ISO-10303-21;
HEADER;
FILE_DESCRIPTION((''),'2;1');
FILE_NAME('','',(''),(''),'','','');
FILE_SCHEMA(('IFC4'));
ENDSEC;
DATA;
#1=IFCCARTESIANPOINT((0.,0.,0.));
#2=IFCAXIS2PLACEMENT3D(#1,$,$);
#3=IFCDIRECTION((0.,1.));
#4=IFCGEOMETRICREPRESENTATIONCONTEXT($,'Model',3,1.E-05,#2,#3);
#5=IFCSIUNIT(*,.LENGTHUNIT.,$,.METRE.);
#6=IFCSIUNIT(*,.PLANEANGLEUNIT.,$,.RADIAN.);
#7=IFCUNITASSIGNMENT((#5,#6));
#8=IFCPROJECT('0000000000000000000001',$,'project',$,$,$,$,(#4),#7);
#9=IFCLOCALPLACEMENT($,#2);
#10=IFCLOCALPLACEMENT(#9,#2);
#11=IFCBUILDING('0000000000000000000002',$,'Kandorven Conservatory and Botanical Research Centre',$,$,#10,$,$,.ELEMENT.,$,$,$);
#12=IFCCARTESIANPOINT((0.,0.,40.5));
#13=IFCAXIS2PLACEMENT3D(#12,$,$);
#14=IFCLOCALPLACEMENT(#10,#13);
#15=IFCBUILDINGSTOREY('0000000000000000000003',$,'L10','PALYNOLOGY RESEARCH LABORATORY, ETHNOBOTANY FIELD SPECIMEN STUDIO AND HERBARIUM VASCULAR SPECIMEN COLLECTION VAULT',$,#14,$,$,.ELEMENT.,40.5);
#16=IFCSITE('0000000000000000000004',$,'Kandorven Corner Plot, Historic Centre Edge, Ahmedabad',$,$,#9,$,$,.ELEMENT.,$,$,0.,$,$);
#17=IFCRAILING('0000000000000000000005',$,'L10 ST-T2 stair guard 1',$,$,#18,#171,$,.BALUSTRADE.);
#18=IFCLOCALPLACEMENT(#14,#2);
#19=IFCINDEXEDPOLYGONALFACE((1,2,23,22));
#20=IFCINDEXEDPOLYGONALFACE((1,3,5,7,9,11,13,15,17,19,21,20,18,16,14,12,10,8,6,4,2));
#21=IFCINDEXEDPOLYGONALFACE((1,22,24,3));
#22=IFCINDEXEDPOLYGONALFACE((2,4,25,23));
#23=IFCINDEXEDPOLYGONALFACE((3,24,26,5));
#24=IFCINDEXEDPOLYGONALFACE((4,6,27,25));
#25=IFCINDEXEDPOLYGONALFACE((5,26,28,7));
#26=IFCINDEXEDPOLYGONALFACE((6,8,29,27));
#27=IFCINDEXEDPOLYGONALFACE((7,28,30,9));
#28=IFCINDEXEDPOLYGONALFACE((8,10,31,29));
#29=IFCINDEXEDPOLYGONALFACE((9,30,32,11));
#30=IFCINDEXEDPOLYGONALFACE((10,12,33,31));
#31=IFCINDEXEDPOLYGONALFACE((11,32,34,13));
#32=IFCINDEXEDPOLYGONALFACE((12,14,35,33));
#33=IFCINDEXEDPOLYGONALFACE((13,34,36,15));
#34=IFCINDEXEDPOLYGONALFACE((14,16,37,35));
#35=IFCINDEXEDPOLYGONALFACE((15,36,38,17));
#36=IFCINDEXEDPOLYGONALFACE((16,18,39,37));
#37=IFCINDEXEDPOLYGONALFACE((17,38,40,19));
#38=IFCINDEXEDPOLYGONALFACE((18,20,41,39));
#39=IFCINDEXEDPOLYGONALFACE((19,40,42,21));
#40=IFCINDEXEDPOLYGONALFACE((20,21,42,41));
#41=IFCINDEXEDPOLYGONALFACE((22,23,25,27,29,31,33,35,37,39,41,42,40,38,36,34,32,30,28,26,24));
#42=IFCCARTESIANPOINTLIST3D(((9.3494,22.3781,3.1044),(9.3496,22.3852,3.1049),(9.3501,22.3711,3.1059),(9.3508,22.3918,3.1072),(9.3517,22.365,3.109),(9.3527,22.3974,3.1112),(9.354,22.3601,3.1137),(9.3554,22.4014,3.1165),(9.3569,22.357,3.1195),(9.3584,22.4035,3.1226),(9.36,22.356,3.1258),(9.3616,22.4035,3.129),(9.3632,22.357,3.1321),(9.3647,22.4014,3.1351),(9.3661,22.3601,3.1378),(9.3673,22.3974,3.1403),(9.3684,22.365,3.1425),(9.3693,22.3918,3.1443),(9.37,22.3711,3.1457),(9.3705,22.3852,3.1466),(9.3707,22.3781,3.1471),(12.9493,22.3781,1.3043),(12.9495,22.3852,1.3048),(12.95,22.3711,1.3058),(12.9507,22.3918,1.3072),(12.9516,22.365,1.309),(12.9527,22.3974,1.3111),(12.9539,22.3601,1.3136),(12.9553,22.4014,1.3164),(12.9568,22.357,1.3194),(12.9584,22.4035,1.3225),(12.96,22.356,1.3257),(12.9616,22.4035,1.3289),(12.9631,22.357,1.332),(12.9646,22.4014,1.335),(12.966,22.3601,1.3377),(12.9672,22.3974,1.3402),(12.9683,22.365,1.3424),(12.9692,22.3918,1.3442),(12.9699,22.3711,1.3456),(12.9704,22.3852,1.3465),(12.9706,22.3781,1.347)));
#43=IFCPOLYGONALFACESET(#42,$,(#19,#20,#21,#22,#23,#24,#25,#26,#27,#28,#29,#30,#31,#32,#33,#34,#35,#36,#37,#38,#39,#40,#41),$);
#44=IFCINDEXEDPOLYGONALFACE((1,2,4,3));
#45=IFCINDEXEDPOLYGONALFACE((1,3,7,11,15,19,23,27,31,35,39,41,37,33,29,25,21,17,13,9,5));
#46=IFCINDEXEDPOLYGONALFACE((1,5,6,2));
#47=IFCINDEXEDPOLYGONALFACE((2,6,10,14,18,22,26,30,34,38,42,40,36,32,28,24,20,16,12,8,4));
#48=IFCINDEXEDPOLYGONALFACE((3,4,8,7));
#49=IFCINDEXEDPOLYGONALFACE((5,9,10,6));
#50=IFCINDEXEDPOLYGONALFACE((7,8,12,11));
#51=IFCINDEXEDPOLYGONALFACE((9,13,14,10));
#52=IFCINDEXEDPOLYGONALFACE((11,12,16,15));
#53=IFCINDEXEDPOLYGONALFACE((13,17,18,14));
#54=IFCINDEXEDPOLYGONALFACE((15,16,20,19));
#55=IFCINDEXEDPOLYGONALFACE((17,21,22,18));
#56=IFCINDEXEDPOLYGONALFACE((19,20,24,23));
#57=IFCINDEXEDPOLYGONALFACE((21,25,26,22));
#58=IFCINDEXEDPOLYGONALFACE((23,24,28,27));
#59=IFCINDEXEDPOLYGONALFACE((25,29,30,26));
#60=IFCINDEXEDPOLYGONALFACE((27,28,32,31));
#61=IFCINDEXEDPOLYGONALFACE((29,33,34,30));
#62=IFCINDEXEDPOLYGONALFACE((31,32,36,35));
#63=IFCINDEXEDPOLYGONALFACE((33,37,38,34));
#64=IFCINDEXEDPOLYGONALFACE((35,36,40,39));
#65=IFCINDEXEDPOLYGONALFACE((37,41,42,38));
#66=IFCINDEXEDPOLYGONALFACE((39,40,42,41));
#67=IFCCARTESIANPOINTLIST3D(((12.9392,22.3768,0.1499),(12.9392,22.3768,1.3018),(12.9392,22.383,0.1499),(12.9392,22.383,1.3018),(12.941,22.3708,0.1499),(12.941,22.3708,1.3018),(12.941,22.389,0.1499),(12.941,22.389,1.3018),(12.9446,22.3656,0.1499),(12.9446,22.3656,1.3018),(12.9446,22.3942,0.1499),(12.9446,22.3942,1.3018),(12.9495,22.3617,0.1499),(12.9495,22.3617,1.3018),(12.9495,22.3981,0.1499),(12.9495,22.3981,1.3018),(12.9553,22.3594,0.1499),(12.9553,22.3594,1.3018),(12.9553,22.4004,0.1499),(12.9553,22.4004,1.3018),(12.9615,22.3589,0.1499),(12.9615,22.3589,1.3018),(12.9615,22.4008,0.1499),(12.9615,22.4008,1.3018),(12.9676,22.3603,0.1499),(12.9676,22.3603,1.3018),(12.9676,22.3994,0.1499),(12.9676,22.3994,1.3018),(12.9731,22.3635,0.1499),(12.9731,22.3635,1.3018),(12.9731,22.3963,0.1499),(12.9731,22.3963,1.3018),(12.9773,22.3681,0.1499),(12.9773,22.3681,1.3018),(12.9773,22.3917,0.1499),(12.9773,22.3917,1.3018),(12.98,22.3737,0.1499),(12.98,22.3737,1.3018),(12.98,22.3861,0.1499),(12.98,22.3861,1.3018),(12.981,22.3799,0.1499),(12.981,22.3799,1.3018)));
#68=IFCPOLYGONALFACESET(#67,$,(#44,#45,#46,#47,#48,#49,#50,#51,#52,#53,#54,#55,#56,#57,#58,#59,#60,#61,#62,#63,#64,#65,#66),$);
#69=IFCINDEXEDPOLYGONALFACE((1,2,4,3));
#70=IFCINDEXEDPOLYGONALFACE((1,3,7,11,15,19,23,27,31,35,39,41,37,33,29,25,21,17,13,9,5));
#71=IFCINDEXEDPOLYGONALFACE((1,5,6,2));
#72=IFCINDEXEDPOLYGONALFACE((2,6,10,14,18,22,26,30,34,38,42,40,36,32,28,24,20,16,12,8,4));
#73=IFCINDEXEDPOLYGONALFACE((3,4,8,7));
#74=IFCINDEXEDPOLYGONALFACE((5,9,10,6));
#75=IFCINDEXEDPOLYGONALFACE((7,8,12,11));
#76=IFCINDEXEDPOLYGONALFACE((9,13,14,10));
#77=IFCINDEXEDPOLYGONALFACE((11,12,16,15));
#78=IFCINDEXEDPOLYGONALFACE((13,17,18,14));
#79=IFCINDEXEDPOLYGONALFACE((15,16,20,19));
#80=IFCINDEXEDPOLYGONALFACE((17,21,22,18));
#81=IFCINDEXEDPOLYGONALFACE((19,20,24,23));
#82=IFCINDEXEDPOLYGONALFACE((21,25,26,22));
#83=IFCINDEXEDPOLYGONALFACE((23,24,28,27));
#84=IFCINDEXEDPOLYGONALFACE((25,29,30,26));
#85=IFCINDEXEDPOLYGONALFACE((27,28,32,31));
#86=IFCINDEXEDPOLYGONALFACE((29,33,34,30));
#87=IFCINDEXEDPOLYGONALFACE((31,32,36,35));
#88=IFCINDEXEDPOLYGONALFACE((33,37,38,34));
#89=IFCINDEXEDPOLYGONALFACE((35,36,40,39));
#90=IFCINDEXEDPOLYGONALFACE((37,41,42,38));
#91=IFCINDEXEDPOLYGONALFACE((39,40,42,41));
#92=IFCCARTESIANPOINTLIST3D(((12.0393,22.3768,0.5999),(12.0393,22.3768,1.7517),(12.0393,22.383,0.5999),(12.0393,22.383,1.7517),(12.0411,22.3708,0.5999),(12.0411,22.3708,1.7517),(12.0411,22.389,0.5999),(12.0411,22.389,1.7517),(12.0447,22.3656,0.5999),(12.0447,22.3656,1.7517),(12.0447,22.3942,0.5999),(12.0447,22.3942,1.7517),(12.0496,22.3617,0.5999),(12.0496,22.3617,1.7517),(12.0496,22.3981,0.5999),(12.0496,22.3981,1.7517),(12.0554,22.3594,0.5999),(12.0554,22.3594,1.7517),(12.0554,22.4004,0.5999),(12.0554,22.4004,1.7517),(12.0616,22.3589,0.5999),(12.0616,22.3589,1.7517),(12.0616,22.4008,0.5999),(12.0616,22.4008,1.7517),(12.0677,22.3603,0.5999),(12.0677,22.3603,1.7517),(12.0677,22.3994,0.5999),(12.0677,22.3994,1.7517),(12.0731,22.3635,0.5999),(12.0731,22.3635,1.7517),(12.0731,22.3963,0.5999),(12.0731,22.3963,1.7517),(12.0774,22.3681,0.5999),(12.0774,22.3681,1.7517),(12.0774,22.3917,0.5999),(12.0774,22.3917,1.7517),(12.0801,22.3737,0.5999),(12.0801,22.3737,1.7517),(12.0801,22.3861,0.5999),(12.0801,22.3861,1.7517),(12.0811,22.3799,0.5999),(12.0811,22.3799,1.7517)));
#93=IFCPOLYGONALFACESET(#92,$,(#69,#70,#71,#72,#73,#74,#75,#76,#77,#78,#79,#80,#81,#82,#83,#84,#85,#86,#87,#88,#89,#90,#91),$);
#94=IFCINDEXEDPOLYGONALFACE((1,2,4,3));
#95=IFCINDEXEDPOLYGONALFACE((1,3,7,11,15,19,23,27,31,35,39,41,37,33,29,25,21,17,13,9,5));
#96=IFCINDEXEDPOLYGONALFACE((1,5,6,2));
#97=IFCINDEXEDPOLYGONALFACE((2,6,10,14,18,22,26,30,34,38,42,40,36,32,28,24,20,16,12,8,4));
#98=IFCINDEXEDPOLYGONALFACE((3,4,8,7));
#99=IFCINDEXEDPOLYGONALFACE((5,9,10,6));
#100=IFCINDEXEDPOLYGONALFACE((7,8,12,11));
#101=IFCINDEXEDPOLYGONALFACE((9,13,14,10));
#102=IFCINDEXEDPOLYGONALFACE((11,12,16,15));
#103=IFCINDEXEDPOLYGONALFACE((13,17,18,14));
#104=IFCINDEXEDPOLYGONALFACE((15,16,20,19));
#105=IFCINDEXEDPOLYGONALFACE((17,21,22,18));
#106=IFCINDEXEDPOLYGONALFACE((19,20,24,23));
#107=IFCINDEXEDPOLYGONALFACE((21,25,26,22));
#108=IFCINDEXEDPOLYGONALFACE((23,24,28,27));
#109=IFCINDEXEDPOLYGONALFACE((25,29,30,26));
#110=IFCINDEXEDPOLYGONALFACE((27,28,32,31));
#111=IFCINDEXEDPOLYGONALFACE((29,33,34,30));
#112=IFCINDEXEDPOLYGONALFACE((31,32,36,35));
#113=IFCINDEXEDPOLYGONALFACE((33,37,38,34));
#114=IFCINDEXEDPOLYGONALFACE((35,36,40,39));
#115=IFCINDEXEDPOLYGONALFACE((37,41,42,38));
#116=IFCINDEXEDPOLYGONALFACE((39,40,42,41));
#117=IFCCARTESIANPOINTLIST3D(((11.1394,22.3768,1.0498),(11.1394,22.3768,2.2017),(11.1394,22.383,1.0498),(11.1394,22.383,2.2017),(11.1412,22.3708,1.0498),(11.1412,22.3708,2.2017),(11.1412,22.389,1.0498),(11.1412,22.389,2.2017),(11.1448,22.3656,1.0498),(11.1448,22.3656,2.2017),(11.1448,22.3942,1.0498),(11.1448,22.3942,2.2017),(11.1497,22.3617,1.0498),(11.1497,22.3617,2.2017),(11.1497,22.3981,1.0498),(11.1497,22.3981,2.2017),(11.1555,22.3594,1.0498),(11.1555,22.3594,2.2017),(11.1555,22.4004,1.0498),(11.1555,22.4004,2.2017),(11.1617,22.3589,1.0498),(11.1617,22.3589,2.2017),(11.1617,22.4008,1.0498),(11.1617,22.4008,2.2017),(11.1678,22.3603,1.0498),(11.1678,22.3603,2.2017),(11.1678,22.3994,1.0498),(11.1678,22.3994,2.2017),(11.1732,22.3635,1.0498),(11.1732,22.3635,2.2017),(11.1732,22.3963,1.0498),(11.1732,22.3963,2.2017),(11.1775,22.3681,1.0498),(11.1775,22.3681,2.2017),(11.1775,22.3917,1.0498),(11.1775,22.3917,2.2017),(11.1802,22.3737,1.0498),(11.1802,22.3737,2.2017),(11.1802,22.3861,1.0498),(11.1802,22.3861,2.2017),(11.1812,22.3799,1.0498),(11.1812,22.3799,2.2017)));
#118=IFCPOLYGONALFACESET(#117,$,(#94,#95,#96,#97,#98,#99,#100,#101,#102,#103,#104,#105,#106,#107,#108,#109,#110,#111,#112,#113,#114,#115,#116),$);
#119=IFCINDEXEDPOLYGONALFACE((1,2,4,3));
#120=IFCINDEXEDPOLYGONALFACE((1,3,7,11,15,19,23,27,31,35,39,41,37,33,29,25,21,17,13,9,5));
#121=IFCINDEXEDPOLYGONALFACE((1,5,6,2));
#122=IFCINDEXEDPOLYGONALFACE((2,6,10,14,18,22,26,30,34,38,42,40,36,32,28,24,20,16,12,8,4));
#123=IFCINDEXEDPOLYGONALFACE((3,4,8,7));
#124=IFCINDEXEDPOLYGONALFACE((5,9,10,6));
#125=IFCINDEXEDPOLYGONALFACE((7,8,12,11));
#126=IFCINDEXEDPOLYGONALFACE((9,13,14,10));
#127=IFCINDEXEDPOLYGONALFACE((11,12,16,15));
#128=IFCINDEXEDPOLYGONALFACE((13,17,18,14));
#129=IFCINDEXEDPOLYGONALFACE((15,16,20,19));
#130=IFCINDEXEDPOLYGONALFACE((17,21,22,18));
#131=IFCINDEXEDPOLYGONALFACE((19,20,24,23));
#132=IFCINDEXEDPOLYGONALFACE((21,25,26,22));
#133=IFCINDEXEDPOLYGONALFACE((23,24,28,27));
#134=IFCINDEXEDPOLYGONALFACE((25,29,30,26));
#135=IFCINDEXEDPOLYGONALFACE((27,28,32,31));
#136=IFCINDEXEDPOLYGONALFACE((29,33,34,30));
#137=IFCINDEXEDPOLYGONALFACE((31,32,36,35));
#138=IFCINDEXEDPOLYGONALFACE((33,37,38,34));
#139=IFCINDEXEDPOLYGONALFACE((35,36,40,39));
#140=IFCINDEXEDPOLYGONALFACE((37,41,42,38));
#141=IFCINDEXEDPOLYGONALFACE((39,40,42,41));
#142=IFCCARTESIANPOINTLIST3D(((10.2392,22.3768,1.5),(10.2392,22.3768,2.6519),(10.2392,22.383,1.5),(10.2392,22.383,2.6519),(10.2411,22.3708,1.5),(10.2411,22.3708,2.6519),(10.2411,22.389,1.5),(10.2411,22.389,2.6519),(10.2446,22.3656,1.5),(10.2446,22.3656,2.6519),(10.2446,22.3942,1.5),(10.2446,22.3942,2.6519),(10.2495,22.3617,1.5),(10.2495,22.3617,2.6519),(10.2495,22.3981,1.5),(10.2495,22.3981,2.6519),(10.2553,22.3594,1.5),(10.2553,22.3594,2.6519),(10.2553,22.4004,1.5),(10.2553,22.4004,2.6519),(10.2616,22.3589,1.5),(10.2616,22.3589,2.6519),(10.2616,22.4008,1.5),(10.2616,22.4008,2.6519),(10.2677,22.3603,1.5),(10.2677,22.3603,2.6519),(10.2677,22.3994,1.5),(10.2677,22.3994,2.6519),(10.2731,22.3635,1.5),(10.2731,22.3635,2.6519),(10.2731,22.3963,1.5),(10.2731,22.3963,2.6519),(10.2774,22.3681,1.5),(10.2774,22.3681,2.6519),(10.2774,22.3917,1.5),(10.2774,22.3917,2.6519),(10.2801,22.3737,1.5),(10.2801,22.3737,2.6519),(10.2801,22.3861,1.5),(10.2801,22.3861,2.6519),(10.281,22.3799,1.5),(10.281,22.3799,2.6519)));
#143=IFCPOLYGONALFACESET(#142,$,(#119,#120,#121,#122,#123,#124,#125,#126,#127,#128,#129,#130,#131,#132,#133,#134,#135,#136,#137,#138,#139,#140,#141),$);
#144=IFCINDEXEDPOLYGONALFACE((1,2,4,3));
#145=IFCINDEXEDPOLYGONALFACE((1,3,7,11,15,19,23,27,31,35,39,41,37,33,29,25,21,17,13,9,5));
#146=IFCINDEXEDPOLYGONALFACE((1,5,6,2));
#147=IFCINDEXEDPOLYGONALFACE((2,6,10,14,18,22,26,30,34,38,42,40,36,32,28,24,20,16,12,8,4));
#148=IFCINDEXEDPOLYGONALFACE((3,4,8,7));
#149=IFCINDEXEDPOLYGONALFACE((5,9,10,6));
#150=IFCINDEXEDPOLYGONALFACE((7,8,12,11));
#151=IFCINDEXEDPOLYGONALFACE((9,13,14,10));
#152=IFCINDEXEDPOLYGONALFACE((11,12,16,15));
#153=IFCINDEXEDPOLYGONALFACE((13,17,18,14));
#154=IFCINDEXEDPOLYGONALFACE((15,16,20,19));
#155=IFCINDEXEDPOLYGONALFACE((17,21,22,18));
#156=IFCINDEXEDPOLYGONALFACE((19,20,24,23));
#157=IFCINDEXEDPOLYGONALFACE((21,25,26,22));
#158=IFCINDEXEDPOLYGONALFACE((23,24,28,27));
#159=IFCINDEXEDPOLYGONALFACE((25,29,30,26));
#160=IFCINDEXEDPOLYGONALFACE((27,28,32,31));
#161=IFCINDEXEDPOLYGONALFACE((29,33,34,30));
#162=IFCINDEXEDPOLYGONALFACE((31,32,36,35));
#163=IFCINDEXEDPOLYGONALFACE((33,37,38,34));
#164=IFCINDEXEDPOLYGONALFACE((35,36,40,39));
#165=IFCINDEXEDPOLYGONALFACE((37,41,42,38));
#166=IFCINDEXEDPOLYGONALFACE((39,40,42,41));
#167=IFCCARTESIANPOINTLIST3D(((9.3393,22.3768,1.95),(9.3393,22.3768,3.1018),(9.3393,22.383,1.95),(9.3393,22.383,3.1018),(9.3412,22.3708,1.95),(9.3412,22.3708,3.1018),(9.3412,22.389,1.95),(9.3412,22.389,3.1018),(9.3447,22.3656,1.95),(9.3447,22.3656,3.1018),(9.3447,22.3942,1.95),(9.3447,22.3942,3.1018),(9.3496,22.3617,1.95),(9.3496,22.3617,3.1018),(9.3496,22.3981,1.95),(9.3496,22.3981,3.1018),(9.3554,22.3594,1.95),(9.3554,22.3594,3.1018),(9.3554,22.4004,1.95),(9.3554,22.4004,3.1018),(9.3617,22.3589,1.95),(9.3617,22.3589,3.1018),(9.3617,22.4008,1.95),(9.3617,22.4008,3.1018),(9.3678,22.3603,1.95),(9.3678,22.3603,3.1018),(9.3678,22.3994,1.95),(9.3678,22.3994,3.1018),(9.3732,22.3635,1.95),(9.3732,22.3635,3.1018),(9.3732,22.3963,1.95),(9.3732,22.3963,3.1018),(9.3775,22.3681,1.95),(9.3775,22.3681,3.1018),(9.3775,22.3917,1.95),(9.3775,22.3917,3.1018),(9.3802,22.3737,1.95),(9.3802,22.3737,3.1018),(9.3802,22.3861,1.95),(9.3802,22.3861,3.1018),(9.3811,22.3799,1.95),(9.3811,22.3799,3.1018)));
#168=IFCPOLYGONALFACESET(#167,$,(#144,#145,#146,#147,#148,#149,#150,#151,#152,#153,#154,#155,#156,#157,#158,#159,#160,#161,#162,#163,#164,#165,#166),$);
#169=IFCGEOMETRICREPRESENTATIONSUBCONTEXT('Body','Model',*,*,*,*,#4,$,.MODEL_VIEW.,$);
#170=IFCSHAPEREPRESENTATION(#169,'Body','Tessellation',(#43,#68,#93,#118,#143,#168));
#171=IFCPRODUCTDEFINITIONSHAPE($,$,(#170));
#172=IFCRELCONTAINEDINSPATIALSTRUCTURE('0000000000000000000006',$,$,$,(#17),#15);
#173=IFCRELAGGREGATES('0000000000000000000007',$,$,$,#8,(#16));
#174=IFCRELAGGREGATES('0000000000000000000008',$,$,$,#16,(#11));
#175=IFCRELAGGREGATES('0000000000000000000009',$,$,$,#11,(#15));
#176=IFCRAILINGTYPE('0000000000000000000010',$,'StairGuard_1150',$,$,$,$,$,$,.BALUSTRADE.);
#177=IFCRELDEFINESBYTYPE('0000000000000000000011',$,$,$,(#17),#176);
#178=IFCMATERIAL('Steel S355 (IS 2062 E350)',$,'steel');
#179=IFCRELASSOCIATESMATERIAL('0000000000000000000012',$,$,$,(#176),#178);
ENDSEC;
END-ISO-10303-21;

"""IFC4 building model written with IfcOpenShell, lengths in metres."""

from ifc_helpers import new_model, si_unit, direction, frame, origin, origin_2d, place, context, subcontext, project, spatial, circle, extrude, material, type_object, element, save


model = new_model("IFC4")

# Units and contexts
model_context = context("Model", 3, precision=1e-05, world=origin(), true_north=direction((0.0, 1.0)))
body_context = subcontext(model_context, "Body", "Model", "MODEL_VIEW")
ifc_project = project(units=[si_unit("LENGTHUNIT", "METRE"), si_unit("PLANEANGLEUNIT", "RADIAN")], contexts=[model_context])

# Site, building, storey
site_placement = place(None, origin())
site = spatial("IfcSite", under=ifc_project, at=site_placement, Name="Kandorven Corner Plot, Historic Centre Edge, Ahmedabad", CompositionType="ELEMENT", RefElevation=0.0)
building_placement = place(site_placement, origin())
building = spatial("IfcBuilding", under=site, at=building_placement, Name="Kandorven Conservatory and Botanical Research Centre", CompositionType="ELEMENT")
storey_placement = place(building_placement, frame((0.0, 0.0, 40.5)))
storey = spatial("IfcBuildingStorey", under=building, at=storey_placement, Name="L10", Description="PALYNOLOGY RESEARCH LABORATORY, ETHNOBOTANY FIELD SPECIMEN STUDIO AND HERBARIUM VASCULAR SPECIMEN COLLECTION VAULT", CompositionType="ELEMENT", Elevation=40.5)

# Railing
ifc_material_1 = material(Name="Steel S355 (IS 2062 E350)", Category="steel")
railing_type_1 = type_object("IfcRailingType", Name="StairGuard_1150", PredefinedType="BALUSTRADE", material=ifc_material_1)
railing_1_placement = place(storey_placement, frame((12.96, 22.3799, 0.1499)))
element("IfcRailing", 1, at=railing_1_placement, inside=storey, type_object=railing_type_1, Name="L10 ST-T2 stair guard 1", PredefinedType="BALUSTRADE", context=body_context, shape_type="SweptSolid", body=[
    extrude(circle(Radius=0.0239, at=origin_2d()), frame((0.0, 0.0, 1.1758), z_axis=(-0.894415, 0.0, 0.447238), x_axis=(0.0, -1.0, 0.0)), (0.0, 0.0, 1.0), 4.0249),
    extrude(circle(Radius=0.021, at=origin_2d()), origin(), (0.0, 0.0, 1.0), 1.1519),
    extrude(circle(Radius=0.021, at=origin_2d()), frame((-0.8999, 0.0, 0.45)), (0.0, 0.0, 1.0), 1.1519),
    extrude(circle(Radius=0.021, at=origin_2d()), frame((-1.7998, 0.0, 0.8999)), (0.0, 0.0, 1.0), 1.1519),
    extrude(circle(Radius=0.021, at=origin_2d()), frame((-2.7, 0.0, 1.3501)), (0.0, 0.0, 1.0), 1.1519),
    extrude(circle(Radius=0.021, at=origin_2d()), frame((-3.5999, 0.0, 1.8)), (0.0, 0.0, 1.0), 1.1519),
])

save(model, "model.ifc")
